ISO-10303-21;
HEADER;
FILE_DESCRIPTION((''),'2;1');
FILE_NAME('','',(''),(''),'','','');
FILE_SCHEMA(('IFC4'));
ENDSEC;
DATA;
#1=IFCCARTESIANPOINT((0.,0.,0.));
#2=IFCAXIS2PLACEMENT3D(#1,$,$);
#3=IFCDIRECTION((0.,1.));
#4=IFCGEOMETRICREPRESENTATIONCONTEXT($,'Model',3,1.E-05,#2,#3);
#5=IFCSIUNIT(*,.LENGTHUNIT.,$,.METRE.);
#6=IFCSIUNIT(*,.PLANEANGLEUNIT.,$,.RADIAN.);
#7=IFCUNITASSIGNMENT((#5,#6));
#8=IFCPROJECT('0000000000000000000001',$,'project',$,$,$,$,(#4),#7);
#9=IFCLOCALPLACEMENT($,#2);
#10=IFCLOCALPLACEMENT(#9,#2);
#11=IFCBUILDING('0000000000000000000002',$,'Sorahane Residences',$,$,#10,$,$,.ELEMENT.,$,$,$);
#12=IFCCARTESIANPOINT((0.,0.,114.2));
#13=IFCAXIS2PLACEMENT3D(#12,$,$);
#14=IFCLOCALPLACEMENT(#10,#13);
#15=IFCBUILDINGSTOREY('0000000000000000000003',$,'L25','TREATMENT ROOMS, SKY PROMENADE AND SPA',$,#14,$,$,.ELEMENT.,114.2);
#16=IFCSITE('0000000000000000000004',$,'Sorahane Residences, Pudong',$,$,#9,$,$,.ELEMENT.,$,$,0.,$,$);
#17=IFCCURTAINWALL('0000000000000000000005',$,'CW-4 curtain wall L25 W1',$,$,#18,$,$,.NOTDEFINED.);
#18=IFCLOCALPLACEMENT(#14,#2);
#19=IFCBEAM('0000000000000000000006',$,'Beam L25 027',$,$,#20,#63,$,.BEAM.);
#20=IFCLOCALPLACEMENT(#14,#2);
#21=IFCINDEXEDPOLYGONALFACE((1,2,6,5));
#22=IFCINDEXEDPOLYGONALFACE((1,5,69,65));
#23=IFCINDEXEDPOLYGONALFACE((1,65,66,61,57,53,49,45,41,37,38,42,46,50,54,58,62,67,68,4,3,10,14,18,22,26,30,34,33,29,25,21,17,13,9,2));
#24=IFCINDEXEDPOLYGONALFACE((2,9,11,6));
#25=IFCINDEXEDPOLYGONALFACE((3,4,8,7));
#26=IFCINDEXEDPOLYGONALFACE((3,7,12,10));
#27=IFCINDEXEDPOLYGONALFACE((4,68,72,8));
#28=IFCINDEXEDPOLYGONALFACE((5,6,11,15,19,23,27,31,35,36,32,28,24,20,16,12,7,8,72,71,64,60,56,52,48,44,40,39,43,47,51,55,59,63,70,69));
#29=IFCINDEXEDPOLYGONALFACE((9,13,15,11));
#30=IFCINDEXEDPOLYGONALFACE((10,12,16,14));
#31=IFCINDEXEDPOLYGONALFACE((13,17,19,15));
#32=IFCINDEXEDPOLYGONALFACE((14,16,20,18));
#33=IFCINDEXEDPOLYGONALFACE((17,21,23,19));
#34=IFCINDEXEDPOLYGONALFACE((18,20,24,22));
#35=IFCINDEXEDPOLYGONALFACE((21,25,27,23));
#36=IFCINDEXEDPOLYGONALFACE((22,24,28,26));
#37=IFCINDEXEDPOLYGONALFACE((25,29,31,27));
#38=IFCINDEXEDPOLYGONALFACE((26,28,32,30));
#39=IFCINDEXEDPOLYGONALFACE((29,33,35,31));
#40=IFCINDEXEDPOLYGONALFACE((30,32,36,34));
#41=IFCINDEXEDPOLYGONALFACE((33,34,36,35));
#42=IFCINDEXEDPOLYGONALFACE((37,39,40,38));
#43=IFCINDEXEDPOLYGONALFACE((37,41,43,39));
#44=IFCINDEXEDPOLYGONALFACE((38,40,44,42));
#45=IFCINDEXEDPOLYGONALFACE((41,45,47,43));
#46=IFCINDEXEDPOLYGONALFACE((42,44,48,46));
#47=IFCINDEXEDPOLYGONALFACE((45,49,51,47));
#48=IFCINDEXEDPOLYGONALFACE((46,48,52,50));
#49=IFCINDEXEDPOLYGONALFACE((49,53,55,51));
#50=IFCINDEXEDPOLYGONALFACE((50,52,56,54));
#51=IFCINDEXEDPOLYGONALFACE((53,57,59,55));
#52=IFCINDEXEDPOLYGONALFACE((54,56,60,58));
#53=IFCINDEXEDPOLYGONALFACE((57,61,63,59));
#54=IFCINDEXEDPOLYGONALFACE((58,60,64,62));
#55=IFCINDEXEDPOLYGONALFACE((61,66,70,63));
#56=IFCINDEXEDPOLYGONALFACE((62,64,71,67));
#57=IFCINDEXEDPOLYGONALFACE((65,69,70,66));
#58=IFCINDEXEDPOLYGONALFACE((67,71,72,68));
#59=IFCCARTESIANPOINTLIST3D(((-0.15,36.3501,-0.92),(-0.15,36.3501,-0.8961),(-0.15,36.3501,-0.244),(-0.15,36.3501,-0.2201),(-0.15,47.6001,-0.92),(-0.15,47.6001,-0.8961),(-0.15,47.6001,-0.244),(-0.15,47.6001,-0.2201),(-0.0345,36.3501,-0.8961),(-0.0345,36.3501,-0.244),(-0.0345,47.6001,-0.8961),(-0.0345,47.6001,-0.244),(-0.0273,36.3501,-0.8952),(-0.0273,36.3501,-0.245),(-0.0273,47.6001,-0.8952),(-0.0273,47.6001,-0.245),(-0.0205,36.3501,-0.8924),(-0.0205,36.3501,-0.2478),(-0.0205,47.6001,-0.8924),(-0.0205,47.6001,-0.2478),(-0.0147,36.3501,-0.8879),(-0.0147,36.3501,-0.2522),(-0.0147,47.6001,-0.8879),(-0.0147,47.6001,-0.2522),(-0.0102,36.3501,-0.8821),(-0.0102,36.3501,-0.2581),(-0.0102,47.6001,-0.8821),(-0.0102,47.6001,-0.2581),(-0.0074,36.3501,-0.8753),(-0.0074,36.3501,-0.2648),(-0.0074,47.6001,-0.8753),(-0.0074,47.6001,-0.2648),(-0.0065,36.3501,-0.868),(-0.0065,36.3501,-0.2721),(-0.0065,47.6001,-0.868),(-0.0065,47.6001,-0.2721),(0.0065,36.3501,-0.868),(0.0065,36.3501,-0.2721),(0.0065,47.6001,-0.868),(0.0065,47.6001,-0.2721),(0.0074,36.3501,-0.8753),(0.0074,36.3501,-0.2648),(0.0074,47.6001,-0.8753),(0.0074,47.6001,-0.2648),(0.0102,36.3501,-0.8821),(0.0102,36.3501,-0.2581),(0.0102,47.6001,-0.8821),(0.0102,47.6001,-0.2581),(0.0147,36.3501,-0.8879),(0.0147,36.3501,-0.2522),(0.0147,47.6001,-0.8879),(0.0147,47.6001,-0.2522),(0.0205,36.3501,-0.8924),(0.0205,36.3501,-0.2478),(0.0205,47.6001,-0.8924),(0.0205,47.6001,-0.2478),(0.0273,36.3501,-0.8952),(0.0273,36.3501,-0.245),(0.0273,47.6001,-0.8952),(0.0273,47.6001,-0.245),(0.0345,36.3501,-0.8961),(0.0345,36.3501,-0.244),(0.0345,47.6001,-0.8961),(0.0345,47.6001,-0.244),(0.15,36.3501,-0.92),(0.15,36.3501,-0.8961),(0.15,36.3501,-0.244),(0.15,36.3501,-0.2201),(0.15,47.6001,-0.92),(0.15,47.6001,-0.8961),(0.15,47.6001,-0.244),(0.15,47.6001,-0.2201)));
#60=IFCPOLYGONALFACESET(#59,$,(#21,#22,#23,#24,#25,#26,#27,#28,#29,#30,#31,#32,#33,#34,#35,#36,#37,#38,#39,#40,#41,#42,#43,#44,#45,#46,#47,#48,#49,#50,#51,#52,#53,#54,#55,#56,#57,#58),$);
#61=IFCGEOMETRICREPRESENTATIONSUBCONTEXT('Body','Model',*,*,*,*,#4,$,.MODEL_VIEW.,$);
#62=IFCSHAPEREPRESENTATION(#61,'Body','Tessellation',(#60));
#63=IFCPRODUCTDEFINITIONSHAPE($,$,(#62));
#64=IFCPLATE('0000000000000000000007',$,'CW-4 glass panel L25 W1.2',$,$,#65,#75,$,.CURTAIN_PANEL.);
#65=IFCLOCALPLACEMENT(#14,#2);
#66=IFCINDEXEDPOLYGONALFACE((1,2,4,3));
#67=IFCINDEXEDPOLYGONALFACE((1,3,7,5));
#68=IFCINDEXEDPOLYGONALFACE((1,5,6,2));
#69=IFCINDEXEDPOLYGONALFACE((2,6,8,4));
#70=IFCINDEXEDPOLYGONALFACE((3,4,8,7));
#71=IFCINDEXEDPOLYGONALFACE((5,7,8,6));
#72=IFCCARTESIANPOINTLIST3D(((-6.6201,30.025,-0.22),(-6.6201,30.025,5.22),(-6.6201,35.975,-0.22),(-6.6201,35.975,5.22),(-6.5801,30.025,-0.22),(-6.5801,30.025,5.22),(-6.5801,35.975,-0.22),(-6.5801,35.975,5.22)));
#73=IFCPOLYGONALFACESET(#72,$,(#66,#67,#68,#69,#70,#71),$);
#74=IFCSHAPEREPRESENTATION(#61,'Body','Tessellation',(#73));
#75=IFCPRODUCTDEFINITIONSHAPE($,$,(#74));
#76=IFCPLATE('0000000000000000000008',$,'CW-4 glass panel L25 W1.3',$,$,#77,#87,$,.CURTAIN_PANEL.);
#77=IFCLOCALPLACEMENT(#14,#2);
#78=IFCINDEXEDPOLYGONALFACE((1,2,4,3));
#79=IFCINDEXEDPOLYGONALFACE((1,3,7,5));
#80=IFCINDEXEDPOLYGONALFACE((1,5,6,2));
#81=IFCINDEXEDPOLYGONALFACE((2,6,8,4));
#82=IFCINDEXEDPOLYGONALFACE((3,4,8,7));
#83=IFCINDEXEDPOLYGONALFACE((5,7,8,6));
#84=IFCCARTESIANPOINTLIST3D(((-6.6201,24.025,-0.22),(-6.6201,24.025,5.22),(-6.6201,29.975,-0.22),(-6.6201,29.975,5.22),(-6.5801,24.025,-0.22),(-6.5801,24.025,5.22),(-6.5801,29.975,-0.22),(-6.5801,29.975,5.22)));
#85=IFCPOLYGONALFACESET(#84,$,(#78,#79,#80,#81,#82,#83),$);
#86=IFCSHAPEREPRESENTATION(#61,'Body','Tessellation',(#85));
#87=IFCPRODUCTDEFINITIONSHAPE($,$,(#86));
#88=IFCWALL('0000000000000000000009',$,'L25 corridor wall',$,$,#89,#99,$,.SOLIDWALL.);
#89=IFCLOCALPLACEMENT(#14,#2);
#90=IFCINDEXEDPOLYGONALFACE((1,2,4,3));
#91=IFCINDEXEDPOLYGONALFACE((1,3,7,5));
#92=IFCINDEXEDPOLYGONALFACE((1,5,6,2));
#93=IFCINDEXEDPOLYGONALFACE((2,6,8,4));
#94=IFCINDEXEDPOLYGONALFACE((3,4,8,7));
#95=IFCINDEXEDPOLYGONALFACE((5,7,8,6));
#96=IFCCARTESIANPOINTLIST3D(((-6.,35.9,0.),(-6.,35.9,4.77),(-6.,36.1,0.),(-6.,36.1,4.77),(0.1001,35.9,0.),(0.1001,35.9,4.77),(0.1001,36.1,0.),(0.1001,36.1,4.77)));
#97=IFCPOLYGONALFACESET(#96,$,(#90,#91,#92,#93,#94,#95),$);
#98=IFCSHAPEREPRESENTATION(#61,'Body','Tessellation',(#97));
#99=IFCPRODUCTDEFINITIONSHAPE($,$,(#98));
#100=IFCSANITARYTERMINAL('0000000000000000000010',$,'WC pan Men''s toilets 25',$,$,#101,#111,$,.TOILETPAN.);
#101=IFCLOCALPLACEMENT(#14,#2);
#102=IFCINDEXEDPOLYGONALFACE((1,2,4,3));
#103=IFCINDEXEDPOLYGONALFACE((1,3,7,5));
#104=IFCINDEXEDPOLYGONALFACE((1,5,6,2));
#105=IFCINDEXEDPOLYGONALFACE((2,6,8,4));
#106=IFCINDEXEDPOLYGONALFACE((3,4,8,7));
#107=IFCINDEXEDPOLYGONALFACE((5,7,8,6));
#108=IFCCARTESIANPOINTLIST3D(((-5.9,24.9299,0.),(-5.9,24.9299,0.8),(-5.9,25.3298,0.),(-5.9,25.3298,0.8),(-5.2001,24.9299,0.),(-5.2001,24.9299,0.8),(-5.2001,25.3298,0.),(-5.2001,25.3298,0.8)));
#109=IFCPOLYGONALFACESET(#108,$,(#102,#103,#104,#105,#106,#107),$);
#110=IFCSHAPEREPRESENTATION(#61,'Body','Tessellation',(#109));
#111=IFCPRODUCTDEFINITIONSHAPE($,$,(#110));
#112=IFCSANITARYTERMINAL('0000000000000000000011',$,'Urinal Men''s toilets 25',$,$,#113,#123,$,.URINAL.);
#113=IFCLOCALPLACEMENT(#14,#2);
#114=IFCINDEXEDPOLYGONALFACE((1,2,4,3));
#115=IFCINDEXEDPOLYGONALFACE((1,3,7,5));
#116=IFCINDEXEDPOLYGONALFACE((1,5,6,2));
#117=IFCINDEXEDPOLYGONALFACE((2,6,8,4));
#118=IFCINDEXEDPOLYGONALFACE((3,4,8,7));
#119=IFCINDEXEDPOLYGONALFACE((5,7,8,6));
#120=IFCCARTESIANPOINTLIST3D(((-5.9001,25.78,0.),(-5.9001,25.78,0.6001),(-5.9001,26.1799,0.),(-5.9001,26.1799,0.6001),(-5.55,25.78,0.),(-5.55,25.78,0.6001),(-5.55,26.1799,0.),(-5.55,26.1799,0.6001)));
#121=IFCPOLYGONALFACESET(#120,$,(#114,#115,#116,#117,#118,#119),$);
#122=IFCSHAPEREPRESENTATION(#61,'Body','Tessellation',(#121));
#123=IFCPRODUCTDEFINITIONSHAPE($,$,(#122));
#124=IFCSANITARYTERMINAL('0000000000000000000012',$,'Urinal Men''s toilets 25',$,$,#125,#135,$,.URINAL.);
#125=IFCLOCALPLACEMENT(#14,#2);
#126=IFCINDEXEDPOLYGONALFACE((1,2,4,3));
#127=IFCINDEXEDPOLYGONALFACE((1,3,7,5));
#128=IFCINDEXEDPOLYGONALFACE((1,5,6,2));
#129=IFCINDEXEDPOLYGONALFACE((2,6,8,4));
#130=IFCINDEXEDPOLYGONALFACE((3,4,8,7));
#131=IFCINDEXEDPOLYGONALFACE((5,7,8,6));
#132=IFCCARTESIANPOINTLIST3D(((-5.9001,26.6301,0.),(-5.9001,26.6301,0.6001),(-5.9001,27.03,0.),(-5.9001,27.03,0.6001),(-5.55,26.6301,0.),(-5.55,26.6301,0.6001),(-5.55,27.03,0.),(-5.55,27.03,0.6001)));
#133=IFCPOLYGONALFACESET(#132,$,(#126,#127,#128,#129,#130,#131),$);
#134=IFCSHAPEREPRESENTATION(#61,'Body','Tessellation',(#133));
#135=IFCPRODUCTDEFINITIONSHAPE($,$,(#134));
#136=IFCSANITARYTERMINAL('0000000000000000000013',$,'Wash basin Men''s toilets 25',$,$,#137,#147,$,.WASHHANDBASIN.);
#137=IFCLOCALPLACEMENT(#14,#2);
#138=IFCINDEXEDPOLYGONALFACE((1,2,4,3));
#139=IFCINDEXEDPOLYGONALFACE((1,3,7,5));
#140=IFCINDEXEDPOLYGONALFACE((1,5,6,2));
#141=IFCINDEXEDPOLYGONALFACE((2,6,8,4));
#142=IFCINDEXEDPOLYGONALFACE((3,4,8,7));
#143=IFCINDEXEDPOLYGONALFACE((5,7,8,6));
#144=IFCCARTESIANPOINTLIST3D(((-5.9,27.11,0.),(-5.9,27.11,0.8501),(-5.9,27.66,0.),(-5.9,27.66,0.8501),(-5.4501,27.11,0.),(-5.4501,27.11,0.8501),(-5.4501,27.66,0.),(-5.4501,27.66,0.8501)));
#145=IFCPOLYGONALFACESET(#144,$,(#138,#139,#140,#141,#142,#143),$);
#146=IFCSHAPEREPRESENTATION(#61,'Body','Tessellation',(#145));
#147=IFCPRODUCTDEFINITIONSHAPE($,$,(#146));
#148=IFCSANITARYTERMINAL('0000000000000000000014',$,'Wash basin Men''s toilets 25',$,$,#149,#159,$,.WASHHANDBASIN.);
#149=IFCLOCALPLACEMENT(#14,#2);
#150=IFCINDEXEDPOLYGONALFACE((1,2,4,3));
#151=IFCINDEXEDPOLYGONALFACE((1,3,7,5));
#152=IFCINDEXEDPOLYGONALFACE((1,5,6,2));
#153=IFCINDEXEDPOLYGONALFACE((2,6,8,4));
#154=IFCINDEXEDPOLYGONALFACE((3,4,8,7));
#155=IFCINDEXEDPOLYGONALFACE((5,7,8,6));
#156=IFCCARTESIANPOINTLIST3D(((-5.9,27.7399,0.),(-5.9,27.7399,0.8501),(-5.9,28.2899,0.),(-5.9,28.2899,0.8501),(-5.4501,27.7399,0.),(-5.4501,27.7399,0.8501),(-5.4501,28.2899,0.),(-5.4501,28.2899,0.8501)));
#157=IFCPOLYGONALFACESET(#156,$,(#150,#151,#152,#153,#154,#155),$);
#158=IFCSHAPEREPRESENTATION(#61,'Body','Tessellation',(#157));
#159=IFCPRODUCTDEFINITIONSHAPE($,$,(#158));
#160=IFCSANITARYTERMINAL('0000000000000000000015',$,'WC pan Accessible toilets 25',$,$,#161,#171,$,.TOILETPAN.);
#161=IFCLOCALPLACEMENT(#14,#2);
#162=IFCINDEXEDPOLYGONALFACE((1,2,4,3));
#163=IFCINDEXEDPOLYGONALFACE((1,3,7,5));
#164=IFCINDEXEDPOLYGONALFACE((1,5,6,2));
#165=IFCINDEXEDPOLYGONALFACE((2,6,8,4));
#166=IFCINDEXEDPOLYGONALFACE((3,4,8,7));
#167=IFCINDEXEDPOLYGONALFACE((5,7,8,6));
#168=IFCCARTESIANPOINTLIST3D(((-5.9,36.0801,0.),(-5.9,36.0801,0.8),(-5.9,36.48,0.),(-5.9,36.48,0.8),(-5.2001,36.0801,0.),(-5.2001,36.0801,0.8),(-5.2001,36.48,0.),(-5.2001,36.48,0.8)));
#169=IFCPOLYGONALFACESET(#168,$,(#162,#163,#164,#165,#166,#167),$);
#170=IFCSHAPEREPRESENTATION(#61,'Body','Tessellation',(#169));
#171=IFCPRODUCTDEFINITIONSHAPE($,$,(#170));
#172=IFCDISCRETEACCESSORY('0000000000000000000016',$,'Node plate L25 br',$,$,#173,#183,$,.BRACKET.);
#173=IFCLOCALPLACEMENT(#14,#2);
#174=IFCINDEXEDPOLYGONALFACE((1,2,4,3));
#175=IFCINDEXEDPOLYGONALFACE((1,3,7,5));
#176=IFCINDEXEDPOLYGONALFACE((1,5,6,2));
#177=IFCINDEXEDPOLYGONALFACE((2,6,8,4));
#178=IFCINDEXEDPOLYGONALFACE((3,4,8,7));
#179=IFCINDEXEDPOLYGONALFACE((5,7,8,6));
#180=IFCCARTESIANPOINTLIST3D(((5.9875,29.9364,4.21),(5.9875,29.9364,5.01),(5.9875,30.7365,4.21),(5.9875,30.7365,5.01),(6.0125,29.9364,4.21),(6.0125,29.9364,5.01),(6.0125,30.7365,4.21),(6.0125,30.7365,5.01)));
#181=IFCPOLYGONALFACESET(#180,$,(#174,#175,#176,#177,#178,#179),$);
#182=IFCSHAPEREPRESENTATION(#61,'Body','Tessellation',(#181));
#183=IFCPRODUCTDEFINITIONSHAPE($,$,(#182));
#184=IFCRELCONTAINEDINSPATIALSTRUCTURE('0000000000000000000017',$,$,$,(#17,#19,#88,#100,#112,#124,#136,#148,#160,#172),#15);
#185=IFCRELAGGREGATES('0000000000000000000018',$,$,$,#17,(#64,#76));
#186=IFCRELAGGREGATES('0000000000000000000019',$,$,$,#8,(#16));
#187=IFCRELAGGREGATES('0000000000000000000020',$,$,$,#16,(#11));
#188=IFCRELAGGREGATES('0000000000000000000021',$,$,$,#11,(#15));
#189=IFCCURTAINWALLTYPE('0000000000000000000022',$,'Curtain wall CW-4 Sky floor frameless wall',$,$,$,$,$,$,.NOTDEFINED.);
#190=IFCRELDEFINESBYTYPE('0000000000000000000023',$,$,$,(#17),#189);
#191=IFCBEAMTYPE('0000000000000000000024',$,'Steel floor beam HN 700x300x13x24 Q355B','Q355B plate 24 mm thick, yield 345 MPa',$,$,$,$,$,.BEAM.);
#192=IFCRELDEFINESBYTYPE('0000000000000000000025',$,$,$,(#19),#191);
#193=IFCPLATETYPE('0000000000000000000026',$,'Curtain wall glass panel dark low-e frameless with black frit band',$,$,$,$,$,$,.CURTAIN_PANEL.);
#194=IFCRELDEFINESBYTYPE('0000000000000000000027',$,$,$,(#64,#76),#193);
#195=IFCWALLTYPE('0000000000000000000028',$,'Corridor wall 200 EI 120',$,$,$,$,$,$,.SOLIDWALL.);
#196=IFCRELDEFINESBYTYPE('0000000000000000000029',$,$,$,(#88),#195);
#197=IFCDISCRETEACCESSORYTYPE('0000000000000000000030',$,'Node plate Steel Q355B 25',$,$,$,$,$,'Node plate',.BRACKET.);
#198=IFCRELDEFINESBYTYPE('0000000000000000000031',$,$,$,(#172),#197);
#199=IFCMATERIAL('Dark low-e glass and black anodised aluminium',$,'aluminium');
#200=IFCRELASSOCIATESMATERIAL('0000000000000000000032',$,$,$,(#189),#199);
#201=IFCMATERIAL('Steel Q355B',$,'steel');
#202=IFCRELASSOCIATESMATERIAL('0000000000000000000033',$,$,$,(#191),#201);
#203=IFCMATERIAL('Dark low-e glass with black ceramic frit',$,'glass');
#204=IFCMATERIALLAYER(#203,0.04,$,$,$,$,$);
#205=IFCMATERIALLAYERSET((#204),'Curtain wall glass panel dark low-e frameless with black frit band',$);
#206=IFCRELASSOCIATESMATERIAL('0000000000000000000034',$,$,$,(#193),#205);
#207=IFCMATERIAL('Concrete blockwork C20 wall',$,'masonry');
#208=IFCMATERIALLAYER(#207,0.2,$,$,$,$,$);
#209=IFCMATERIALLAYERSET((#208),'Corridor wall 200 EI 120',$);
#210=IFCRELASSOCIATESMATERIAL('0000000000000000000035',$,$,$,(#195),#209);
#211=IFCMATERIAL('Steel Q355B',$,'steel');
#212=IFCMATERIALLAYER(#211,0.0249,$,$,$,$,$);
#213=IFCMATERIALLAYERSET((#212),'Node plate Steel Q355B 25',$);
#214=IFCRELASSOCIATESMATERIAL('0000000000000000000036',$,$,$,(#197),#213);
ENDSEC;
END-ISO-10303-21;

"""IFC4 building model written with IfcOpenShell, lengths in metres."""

from ifc_helpers import new_model, si_unit, direction, frame, frame_2d, origin, origin_2d, place, context, subcontext, project, spatial, rectangle, i_section, extrude, material, layer, layer_set, material_profile, profile_set, type_object, element, aggregate, save


model = new_model("IFC4")

# Units and contexts
model_context = context("Model", 3, precision=1e-05, world=origin(), true_north=direction((0.0, 1.0)))
body_context = subcontext(model_context, "Body", "Model", "MODEL_VIEW")
ifc_project = project(units=[si_unit("LENGTHUNIT", "METRE"), si_unit("PLANEANGLEUNIT", "RADIAN")], contexts=[model_context])

# Site, building, storey
site_placement = place(None, origin())
site = spatial("IfcSite", under=ifc_project, at=site_placement, Name="Sorahane Residences, Pudong", CompositionType="ELEMENT", RefElevation=0.0)
building_placement = place(site_placement, origin())
building = spatial("IfcBuilding", under=site, at=building_placement, Name="Sorahane Residences", CompositionType="ELEMENT")
storey_placement = place(building_placement, frame((0.0, 0.0, 114.2)))
storey = spatial("IfcBuildingStorey", under=building, at=storey_placement, Name="L25", Description="TREATMENT ROOMS, SKY PROMENADE AND SPA", CompositionType="ELEMENT", Elevation=114.2)

# Curtain wall
ifc_material_1 = material(Name="Dark low-e glass and black anodised aluminium", Category="aluminium")
curtain_wall_type = type_object("IfcCurtainWallType", Name="Curtain wall CW-4 Sky floor frameless wall", PredefinedType="NOTDEFINED", material=ifc_material_1)
curtain_wall_placement = place(storey_placement, origin())
curtain_wall = element("IfcCurtainWall", 1, at=curtain_wall_placement, inside=storey, type_object=curtain_wall_type, Name="CW-4 curtain wall L25 W1", PredefinedType="NOTDEFINED")

# Beam
ifc_material_2 = material(Name="Steel Q355B", Category="steel")
ifc_material_profile_1 = material_profile(ifc_material_2, i_section(OverallWidth=0.3, OverallDepth=0.7, WebThickness=0.0129, FlangeThickness=0.0239, FilletRadius=0.0281, at=origin_2d()), Name="HN 700x300x13x24")
ifc_profile_set_1 = profile_set([ifc_material_profile_1], Name="Steel Q355B")
beam_type_1 = type_object("IfcBeamType", Name="Steel floor beam HN 700x300x13x24 Q355B", Description="Q355B plate 24 mm thick, yield 345 MPa", PredefinedType="BEAM", material=ifc_profile_set_1)
beam_1_placement = place(storey_placement, frame((0.0, 36.3501, -0.5701), z_axis=(0.0, 1.0, 0.0), x_axis=(-1.0, 0.0, 0.0)))
element("IfcBeam", 2, at=beam_1_placement, inside=storey, type_object=beam_type_1, Name="Beam L25 027", PredefinedType="BEAM", context=body_context, shape_type="SweptSolid", body=[
    extrude(i_section(OverallWidth=0.3, OverallDepth=0.7, WebThickness=0.0129, FlangeThickness=0.0239, FilletRadius=0.0281, at=origin_2d()), origin(), (0.0, 0.0, 1.0), 11.25),
])

# Plates
ifc_material_3 = material(Name="Dark low-e glass with black ceramic frit", Category="glass")
ifc_layer_1 = layer(ifc_material_3, 0.04)
ifc_layer_set_1 = layer_set([ifc_layer_1], Name="Curtain wall glass panel dark low-e frameless with black frit band")
plate_type = type_object("IfcPlateType", Name="Curtain wall glass panel dark low-e frameless with black frit band", PredefinedType="CURTAIN_PANEL", material=ifc_layer_set_1)
plate_1_placement = place(storey_placement, frame((-6.6001, 33.0, -0.22), z_axis=(0.0, 0.0, 1.0), x_axis=(0.0, -1.0, 0.0)))
plate_1 = element("IfcPlate", 3, at=plate_1_placement, type_object=plate_type, Name="CW-4 glass panel L25 W1.2", PredefinedType="CURTAIN_PANEL", context=body_context, shape_type="SweptSolid", body=[
    extrude(rectangle(XDim=5.95, YDim=0.04, at=origin_2d()), origin(), (0.0, 0.0, 1.0), 5.4399),
])
plate_2_placement = place(storey_placement, frame((-6.6001, 27.0, -0.22), z_axis=(0.0, 0.0, 1.0), x_axis=(0.0, -1.0, 0.0)))
plate_2 = element("IfcPlate", 4, at=plate_2_placement, type_object=plate_type, Name="CW-4 glass panel L25 W1.3", PredefinedType="CURTAIN_PANEL", context=body_context, shape_type="SweptSolid", body=[
    extrude(rectangle(XDim=5.95, YDim=0.04, at=origin_2d()), origin(), (0.0, 0.0, 1.0), 5.4399),
])
aggregate(curtain_wall, [plate_1, plate_2])

# Wall
ifc_material_4 = material(Name="Concrete blockwork C20 wall", Category="masonry")
ifc_layer_2 = layer(ifc_material_4, 0.2)
ifc_layer_set_2 = layer_set([ifc_layer_2], Name="Corridor wall 200 EI 120")
wall_type = type_object("IfcWallType", Name="Corridor wall 200 EI 120", PredefinedType="SOLIDWALL", material=ifc_layer_set_2)
wall_placement = place(storey_placement, frame((-6.0, 36.0, 0.0), z_axis=(0.0, 0.0, 1.0), x_axis=(1.0, 0.0, 0.0)))
element("IfcWall", 5, at=wall_placement, inside=storey, type_object=wall_type, Name="L25 corridor wall", PredefinedType="SOLIDWALL", context=body_context, shape_type="SweptSolid", body=[
    extrude(rectangle(XDim=6.1001, YDim=0.2, at=frame_2d((3.05, 0.0))), origin(), (0.0, 0.0, 1.0), 4.77),
])

# Sanitary terminals
sanitary_terminal_1_placement = place(storey_placement, frame((-5.55, 25.1299, 0.0), z_axis=(0.0, 0.0, 1.0), x_axis=(0.0, 1.0, 0.0)))
element("IfcSanitaryTerminal", 6, at=sanitary_terminal_1_placement, inside=storey, Name="WC pan Men's toilets 25", PredefinedType="TOILETPAN", context=body_context, shape_type="SweptSolid", body=[
    extrude(rectangle(XDim=0.3999, YDim=0.7, at=origin_2d()), origin(), (0.0, 0.0, 1.0), 0.8),
])
for number, where, z_axis, x_axis, name in (
    (7, (-5.7251, 25.98, 0.0), (0.0, 0.0, 1.0), (0.0, 1.0, 0.0), "Urinal Men's toilets 25"),
    (8, (-5.7251, 26.8301, 0.0), (0.0, 0.0, 1.0), (0.0, 1.0, 0.0), "Urinal Men's toilets 25"),
):
    element("IfcSanitaryTerminal", number, at=place(storey_placement, frame(where, z_axis=z_axis, x_axis=x_axis)), inside=storey, Name=name, PredefinedType="URINAL", context=body_context, shape_type="SweptSolid", body=[
        extrude(rectangle(XDim=0.3999, YDim=0.3501, at=origin_2d()), origin(), (0.0, 0.0, 1.0), 0.6001),
    ])
for number, where, z_axis, x_axis, name in (
    (9, (-5.675, 27.385, 0.0), (0.0, 0.0, 1.0), (0.0, 1.0, 0.0), "Wash basin Men's toilets 25"),
    (10, (-5.675, 28.0149, 0.0), (0.0, 0.0, 1.0), (0.0, 1.0, 0.0), "Wash basin Men's toilets 25"),
):
    element("IfcSanitaryTerminal", number, at=place(storey_placement, frame(where, z_axis=z_axis, x_axis=x_axis)), inside=storey, Name=name, PredefinedType="WASHHANDBASIN", context=body_context, shape_type="SweptSolid", body=[
        extrude(rectangle(XDim=0.55, YDim=0.45, at=origin_2d()), origin(), (0.0, 0.0, 1.0), 0.8501),
    ])
sanitary_terminal_2_placement = place(storey_placement, frame((-5.55, 36.28, 0.0), z_axis=(0.0, 0.0, 1.0), x_axis=(0.0, 1.0, 0.0)))
element("IfcSanitaryTerminal", 11, at=sanitary_terminal_2_placement, inside=storey, Name="WC pan Accessible toilets 25", PredefinedType="TOILETPAN", context=body_context, shape_type="SweptSolid", body=[
    extrude(rectangle(XDim=0.3999, YDim=0.7, at=origin_2d()), origin(), (0.0, 0.0, 1.0), 0.8),
])

# Discrete accessory
ifc_material_5 = material(Name="Steel Q355B", Category="steel")
ifc_layer_3 = layer(ifc_material_5, 0.0249)
ifc_layer_set_3 = layer_set([ifc_layer_3], Name="Node plate Steel Q355B 25")
discrete_accessory_type = type_object("IfcDiscreteAccessoryType", Name="Node plate Steel Q355B 25", ElementType="Node plate", PredefinedType="BRACKET", material=ifc_layer_set_3)
discrete_accessory_placement = place(storey_placement, frame((6.0, 30.3364, 4.21), z_axis=(0.0, 0.0, 1.0), x_axis=(0.0, 1.0, 0.0)))
element("IfcDiscreteAccessory", 12, at=discrete_accessory_placement, inside=storey, type_object=discrete_accessory_type, Name="Node plate L25 br", PredefinedType="BRACKET", context=body_context, shape_type="SweptSolid", body=[
    extrude(rectangle(XDim=0.8, YDim=0.0249, at=origin_2d()), origin(), (0.0, 0.0, 1.0), 0.8),
])

save(model, "model.ifc")
